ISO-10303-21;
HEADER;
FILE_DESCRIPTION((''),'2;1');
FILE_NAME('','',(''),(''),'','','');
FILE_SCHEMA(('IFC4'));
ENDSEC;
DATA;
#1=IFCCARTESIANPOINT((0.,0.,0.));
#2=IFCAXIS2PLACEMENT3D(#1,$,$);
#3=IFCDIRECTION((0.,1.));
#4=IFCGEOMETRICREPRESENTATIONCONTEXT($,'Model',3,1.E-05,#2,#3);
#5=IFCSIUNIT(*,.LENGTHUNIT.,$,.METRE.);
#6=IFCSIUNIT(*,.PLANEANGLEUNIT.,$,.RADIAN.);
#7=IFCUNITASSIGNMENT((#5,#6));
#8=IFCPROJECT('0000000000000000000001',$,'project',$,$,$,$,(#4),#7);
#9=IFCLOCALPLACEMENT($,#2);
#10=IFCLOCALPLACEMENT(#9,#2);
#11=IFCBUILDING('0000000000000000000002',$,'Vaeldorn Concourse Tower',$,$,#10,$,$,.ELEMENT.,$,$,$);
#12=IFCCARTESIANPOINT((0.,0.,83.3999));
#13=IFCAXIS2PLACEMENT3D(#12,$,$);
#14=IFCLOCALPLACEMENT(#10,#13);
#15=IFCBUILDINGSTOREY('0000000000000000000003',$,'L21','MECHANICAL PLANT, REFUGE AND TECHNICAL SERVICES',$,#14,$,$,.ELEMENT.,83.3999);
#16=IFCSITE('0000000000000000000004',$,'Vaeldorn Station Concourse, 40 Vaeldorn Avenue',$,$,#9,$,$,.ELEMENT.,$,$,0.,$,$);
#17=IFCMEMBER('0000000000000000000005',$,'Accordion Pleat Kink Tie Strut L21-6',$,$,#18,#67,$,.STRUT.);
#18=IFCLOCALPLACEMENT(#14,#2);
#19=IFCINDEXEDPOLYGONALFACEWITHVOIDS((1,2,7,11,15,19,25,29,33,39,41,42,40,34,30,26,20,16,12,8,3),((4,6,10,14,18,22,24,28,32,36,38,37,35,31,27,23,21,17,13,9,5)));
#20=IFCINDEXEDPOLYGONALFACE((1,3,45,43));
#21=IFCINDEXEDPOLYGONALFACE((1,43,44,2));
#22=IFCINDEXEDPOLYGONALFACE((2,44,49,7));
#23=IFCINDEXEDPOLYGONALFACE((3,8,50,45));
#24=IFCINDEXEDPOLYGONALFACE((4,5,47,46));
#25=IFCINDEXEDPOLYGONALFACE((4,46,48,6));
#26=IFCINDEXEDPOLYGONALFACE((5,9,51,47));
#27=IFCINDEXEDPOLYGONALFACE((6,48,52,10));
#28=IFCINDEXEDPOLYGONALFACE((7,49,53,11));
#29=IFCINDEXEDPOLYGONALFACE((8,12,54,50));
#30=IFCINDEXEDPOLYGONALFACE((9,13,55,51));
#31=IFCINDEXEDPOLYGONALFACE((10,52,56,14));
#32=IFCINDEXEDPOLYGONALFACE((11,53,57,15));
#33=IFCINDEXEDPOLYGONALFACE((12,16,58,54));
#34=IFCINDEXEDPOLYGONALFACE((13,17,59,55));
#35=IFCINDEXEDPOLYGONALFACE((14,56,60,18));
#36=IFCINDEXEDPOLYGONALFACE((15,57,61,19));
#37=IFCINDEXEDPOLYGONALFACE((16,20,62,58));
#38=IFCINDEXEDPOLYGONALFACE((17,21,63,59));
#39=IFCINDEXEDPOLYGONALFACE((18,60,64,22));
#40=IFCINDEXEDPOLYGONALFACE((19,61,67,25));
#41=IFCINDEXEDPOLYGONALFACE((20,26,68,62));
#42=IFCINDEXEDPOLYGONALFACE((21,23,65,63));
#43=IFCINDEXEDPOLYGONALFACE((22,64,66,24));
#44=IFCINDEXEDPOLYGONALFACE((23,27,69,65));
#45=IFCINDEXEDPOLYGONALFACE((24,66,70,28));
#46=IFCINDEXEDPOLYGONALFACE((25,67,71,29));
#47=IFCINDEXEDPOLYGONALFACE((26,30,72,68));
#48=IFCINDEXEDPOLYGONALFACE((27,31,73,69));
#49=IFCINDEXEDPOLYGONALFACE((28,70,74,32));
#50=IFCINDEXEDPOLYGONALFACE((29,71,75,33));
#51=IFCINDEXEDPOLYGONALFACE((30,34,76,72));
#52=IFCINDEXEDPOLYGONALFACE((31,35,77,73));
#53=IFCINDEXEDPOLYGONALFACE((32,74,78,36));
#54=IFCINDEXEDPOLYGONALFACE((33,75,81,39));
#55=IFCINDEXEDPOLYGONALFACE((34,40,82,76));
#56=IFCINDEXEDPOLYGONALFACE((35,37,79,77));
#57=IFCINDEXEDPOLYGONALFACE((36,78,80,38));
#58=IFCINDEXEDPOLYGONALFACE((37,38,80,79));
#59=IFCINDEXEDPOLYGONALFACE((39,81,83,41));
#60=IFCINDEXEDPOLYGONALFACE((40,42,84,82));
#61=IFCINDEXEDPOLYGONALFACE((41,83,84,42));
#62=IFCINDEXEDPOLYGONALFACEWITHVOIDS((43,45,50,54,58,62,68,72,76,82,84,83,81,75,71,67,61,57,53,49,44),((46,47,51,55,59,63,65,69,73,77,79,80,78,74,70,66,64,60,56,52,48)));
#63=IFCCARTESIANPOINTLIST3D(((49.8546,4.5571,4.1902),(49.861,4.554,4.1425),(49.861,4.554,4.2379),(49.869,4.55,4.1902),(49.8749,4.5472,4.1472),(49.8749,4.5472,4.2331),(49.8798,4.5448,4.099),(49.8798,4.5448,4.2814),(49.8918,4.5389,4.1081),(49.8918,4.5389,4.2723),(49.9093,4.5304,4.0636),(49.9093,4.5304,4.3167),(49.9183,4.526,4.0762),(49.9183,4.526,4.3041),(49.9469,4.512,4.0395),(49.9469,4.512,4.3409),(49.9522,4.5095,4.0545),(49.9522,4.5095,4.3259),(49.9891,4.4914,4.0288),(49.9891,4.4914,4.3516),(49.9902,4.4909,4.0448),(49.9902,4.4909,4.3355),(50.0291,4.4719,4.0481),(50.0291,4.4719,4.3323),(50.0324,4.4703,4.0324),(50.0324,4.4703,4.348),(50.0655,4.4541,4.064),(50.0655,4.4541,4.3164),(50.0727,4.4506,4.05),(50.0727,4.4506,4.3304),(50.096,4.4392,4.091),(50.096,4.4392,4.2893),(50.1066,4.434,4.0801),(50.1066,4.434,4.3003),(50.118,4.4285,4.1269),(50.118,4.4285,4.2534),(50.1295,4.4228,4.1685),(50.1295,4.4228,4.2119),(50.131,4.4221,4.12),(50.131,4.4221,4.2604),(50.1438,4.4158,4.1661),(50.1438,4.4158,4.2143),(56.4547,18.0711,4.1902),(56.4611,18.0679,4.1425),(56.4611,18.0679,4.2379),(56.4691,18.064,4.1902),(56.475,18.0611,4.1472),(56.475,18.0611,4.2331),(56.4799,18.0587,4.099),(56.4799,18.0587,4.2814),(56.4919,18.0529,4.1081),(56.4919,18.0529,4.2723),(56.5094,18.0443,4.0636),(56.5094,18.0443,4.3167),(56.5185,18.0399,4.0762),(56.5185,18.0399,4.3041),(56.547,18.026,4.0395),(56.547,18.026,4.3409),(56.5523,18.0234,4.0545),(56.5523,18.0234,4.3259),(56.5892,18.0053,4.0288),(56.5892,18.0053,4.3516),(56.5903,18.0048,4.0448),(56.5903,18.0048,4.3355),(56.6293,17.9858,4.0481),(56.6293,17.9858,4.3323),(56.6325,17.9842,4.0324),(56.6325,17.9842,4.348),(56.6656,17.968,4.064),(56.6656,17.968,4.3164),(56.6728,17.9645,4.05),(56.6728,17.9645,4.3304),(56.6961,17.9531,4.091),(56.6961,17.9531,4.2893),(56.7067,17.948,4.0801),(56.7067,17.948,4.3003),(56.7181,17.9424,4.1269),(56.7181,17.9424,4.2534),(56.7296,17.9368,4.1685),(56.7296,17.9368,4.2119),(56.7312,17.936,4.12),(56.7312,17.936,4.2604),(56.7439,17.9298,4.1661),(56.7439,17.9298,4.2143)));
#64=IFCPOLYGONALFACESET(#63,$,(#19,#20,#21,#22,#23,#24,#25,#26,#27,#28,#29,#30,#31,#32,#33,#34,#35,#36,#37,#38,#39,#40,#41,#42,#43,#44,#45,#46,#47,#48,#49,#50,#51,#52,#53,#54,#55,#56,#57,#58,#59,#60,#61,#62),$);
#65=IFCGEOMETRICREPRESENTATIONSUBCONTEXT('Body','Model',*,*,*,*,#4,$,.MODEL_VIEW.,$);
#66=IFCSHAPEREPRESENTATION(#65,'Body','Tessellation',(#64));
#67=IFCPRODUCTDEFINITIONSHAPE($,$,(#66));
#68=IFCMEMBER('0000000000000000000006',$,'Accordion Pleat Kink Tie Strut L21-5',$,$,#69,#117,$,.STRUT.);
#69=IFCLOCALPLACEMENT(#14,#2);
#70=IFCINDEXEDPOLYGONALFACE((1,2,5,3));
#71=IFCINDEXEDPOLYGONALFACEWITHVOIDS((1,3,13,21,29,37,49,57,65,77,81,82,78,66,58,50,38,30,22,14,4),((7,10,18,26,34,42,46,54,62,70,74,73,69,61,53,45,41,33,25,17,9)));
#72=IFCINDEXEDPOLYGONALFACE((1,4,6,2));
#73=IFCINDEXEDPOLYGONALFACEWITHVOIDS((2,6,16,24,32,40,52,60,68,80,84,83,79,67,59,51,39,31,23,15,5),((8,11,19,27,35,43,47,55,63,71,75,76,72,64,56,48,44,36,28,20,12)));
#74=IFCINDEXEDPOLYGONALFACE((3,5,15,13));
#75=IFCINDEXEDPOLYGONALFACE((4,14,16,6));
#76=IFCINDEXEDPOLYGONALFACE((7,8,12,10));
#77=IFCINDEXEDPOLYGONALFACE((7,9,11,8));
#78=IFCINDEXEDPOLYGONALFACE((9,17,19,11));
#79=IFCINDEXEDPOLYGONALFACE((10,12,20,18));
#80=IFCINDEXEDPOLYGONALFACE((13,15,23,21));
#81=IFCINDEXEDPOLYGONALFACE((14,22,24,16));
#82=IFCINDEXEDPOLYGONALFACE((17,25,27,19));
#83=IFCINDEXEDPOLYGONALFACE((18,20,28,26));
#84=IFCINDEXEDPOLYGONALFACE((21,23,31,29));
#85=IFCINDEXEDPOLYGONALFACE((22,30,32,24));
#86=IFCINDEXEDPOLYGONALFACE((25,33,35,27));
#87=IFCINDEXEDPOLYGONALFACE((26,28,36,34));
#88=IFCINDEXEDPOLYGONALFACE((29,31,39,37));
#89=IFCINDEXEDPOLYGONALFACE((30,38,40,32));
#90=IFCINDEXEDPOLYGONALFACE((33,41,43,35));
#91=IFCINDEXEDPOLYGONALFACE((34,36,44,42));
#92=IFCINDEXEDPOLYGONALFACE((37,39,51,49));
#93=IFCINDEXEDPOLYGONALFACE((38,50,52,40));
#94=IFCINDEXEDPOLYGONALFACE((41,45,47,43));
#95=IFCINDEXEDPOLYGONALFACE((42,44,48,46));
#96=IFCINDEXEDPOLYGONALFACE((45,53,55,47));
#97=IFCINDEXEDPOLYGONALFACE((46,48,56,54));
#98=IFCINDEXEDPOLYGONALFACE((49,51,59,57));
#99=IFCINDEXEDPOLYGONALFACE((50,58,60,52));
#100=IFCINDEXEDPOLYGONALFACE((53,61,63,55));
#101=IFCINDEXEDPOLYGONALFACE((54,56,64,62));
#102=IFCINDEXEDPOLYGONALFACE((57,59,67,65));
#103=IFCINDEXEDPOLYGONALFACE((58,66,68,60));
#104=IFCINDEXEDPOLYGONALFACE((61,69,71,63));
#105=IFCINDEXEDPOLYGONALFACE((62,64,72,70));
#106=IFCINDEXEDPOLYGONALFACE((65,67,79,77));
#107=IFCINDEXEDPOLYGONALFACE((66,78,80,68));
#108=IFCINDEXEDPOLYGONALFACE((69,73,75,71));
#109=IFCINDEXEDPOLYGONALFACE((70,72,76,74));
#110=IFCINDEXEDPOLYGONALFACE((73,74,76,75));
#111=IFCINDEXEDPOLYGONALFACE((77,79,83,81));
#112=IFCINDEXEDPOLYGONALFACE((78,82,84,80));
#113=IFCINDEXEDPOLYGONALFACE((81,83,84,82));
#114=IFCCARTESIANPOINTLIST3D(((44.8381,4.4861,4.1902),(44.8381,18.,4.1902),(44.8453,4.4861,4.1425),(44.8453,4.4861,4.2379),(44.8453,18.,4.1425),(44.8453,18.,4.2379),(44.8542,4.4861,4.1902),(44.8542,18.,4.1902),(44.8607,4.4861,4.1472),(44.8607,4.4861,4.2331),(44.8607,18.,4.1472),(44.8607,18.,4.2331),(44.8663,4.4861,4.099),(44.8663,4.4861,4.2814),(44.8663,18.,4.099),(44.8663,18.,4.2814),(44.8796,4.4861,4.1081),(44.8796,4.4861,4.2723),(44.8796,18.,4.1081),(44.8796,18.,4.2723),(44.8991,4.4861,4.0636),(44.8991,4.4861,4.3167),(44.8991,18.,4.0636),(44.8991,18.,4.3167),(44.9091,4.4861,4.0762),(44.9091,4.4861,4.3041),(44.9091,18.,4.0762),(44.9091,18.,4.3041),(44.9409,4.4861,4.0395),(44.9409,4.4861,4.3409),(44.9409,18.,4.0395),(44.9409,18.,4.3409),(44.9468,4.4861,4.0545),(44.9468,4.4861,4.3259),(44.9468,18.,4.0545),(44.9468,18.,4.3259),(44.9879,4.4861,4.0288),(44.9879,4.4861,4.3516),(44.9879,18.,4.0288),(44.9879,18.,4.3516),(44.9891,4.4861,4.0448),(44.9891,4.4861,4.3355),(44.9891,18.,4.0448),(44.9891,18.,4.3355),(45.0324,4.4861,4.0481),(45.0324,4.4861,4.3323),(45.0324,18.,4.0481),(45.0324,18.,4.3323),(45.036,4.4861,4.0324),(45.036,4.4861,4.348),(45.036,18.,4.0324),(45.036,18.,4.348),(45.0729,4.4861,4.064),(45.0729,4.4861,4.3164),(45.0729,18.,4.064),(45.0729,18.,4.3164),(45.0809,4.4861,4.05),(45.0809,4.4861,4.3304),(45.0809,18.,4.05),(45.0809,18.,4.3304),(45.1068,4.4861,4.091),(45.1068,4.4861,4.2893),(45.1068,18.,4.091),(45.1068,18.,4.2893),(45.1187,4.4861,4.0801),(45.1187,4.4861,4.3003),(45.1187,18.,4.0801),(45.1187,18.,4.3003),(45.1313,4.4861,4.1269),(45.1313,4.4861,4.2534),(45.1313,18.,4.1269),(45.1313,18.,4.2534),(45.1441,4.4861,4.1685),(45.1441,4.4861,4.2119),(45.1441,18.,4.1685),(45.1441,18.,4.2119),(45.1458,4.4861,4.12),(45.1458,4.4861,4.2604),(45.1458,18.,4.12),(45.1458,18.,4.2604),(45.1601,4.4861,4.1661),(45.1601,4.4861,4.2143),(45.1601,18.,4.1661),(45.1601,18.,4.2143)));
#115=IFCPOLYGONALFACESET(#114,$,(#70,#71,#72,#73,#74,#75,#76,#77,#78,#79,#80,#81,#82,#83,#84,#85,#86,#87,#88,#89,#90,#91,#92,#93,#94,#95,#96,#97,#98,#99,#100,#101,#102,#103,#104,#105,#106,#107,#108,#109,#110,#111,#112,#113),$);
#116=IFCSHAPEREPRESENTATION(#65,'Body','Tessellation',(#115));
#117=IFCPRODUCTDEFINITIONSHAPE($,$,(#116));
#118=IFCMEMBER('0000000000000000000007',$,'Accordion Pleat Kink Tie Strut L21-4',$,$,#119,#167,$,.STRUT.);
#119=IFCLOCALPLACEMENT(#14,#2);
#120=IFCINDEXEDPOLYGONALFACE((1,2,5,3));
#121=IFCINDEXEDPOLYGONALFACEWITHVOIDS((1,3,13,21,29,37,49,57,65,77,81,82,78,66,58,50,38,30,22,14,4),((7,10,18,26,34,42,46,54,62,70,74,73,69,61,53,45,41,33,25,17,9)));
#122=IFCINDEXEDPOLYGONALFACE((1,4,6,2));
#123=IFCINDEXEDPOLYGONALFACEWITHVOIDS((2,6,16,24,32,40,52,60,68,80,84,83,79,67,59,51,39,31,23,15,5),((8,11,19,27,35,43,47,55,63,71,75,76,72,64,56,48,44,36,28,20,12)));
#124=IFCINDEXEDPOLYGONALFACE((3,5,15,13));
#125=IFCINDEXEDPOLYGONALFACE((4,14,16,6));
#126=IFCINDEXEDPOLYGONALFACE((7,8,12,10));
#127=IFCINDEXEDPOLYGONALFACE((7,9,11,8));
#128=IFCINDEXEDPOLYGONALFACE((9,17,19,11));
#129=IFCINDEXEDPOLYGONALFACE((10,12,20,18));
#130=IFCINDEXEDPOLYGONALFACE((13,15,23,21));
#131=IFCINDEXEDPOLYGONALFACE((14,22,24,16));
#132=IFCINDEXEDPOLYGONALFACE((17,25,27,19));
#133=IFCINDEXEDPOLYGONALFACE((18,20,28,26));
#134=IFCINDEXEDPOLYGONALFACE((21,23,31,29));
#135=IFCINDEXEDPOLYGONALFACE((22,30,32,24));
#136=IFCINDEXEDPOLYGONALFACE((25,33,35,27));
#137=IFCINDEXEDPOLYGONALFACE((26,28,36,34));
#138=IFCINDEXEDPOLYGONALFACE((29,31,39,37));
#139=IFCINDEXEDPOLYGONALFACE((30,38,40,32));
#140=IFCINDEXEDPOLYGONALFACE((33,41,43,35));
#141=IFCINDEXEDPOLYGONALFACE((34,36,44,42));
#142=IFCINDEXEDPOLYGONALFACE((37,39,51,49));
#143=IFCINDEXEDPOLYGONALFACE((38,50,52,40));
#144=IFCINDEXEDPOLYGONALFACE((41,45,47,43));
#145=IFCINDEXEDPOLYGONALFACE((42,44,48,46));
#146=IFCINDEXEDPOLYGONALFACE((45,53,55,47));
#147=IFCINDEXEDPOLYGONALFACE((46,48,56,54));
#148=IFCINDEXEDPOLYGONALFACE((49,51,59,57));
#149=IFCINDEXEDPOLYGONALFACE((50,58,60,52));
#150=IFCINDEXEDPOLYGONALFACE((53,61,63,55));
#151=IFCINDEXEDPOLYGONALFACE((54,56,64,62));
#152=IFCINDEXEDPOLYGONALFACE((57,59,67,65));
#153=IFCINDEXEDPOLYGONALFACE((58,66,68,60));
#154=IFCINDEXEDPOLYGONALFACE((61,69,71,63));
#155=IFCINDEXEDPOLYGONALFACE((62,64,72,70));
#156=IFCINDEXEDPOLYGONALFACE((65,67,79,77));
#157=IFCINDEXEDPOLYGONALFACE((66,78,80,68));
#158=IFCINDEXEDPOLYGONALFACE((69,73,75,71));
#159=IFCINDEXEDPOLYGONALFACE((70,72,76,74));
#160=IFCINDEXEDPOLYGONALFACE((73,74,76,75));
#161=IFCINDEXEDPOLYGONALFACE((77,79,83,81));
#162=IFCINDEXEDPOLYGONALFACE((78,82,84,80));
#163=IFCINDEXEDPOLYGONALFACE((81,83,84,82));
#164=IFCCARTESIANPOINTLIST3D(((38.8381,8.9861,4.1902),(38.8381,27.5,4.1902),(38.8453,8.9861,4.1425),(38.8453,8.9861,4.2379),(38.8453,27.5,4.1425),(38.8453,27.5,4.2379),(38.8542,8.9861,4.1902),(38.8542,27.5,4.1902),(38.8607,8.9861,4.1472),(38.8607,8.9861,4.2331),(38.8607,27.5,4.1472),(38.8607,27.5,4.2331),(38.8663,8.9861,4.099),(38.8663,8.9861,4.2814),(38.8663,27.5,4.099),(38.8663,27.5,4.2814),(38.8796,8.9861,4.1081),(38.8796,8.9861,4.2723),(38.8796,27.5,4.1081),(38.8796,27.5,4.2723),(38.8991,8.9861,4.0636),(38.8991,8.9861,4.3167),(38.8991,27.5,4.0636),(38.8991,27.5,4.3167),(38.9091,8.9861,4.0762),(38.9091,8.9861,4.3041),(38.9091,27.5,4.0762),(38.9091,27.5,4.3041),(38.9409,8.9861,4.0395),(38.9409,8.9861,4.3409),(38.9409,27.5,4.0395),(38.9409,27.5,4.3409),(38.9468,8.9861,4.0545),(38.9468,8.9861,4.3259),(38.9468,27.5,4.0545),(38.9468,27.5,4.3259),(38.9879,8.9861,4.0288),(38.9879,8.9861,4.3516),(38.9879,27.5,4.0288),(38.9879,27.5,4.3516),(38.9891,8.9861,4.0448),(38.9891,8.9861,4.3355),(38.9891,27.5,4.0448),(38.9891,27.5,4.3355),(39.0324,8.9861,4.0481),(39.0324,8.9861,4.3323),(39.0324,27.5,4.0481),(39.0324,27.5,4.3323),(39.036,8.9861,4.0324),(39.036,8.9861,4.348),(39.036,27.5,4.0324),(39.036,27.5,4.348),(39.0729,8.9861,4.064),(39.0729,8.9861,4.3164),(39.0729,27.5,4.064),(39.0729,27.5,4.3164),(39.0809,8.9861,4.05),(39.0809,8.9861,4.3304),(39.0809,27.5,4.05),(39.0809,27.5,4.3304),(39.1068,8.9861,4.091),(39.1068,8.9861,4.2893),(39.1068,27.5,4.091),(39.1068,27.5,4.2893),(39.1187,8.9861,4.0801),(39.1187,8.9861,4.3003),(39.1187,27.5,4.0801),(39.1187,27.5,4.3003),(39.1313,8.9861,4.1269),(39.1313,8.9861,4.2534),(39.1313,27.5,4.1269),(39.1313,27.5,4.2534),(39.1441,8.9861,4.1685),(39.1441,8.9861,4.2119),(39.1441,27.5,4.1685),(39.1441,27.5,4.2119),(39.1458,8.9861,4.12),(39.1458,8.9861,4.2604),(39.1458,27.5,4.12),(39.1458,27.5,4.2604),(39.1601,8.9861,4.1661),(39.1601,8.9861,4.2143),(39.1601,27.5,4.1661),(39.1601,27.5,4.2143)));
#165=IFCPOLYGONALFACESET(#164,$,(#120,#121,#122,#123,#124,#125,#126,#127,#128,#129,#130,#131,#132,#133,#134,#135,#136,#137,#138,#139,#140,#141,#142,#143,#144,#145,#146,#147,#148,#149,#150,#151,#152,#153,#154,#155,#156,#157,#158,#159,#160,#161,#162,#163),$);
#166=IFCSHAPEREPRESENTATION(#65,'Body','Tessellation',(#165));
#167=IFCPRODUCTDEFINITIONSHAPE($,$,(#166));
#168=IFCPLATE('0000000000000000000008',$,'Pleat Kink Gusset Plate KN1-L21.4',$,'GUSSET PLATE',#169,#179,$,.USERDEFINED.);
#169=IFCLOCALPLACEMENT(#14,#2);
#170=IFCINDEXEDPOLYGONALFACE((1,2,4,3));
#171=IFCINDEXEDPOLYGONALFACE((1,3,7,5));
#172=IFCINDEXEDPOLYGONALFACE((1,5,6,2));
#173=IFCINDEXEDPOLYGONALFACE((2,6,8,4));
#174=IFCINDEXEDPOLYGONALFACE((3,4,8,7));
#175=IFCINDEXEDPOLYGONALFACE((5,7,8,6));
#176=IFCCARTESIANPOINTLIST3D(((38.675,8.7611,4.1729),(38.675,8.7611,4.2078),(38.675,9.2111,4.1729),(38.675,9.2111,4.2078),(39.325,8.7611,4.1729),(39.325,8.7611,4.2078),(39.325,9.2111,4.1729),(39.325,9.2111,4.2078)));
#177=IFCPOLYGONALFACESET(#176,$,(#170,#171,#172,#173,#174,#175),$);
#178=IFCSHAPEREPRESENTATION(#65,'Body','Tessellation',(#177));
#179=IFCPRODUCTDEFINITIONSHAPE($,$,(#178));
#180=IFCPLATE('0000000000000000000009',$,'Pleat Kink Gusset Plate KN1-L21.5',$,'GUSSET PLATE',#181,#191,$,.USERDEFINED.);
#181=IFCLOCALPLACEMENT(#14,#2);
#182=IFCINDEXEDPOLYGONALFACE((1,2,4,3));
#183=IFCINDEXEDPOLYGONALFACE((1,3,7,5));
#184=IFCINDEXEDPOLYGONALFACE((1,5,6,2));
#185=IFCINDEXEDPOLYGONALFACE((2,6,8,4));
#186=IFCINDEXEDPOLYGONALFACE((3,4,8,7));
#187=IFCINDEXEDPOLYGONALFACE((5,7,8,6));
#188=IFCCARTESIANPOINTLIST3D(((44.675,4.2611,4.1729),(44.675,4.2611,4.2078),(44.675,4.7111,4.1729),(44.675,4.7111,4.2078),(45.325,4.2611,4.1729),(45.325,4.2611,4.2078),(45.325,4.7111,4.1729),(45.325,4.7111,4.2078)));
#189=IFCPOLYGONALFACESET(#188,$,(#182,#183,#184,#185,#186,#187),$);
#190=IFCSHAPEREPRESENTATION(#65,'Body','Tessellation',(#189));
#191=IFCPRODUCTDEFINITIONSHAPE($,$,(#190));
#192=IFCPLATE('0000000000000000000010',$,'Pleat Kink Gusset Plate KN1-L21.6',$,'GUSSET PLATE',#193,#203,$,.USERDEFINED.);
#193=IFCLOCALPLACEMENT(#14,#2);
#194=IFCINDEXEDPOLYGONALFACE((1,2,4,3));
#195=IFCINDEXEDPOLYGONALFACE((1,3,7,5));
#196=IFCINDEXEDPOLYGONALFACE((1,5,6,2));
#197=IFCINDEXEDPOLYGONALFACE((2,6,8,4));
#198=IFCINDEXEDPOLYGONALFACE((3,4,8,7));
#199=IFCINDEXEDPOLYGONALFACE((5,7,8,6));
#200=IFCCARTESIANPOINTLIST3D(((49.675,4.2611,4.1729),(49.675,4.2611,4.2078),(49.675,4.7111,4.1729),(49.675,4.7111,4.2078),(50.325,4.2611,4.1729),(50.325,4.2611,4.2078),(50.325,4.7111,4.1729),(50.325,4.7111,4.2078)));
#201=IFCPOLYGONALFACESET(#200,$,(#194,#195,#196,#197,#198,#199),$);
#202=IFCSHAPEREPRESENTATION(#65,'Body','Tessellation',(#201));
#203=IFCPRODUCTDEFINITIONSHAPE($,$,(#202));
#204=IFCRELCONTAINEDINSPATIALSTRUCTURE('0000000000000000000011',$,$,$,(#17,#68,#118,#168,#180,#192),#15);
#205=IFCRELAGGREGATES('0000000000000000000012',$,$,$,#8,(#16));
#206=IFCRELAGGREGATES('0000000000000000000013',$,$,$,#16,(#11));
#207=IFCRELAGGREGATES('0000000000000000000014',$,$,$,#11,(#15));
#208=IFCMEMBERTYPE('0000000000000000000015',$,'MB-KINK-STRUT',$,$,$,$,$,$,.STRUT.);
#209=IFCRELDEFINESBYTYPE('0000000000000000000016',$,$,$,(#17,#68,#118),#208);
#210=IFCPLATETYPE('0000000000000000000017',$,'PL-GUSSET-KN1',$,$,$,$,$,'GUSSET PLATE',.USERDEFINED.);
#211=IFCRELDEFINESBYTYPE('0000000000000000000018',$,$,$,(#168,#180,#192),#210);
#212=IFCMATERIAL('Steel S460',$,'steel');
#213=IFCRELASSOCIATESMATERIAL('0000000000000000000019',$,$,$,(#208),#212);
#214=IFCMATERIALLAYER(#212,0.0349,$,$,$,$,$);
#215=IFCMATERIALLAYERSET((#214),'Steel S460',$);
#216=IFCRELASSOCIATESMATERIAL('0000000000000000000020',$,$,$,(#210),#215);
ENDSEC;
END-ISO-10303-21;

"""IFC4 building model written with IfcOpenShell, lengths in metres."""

from ifc_helpers import new_model, si_unit, direction, frame, origin, origin_2d, place, context, subcontext, project, spatial, rectangle, hollow_circle, extrude, source, transform, mapped, material, layer, layer_set, material_profile, profile_set, type_object, element, save


model = new_model("IFC4")

# Units and contexts
model_context = context("Model", 3, precision=1e-05, world=origin(), true_north=direction((0.0, 1.0)))
body_context = subcontext(model_context, "Body", "Model", "MODEL_VIEW")
ifc_project = project(units=[si_unit("LENGTHUNIT", "METRE"), si_unit("PLANEANGLEUNIT", "RADIAN")], contexts=[model_context])

# Site, building, storey
site_placement = place(None, origin())
site = spatial("IfcSite", under=ifc_project, at=site_placement, Name="Vaeldorn Station Concourse, 40 Vaeldorn Avenue", CompositionType="ELEMENT", RefElevation=0.0)
building_placement = place(site_placement, origin())
building = spatial("IfcBuilding", under=site, at=building_placement, Name="Vaeldorn Concourse Tower", CompositionType="ELEMENT")
storey_placement = place(building_placement, frame((0.0, 0.0, 83.3999)))
storey = spatial("IfcBuildingStorey", under=building, at=storey_placement, Name="L21", Description="MECHANICAL PLANT, REFUGE AND TECHNICAL SERVICES", CompositionType="ELEMENT", Elevation=83.3999)

# Shared definitions
ifc_material_1 = material(Name="Steel S460", Category="steel")

# Members
ifc_material_profile_1 = material_profile(ifc_material_1, hollow_circle(Radius=0.1619, WallThickness=0.0161, at=origin_2d()), Name="CHS 323.9x16")
ifc_profile_set_1 = profile_set([ifc_material_profile_1], Name="Steel S460")
member_type = type_object("IfcMemberType", Name="MB-KINK-STRUT", PredefinedType="STRUT", material=ifc_profile_set_1)
shared_shape_1 = source(origin(), body_context, "Body", "SweptSolid", [
    extrude(hollow_circle(Radius=0.1619, WallThickness=0.0161, at=origin_2d()), origin(), (0.0, 0.0, 1.0), 15.0396),
])
member_1_placement = place(storey_placement, frame((50.0, 4.4861, 4.1902), z_axis=(0.43885, 0.89856, 0.0), x_axis=(-0.89856, 0.43885, 0.0)))
element("IfcMember", 1, at=member_1_placement, inside=storey, type_object=member_type, Name="Accordion Pleat Kink Tie Strut L21-6", PredefinedType="STRUT", context=body_context, shape_type="MappedRepresentation", body=[
    mapped(shared_shape_1, transform((0.0, 0.0, 0.0), scale=1.0)),
])
shared_shape_2 = source(origin(), body_context, "Body", "SweptSolid", [
    extrude(hollow_circle(Radius=0.1619, WallThickness=0.0161, at=origin_2d()), origin(), (0.0, 0.0, 1.0), 13.5139),
])
member_2_placement = place(storey_placement, frame((45.0, 4.4861, 4.1902), z_axis=(0.0, 1.0, 0.0), x_axis=(-1.0, 0.0, 0.0)))
element("IfcMember", 2, at=member_2_placement, inside=storey, type_object=member_type, Name="Accordion Pleat Kink Tie Strut L21-5", PredefinedType="STRUT", context=body_context, shape_type="MappedRepresentation", body=[
    mapped(shared_shape_2, transform((0.0, 0.0, 0.0), scale=1.0)),
])
shared_shape_3 = source(origin(), body_context, "Body", "SweptSolid", [
    extrude(hollow_circle(Radius=0.1619, WallThickness=0.0161, at=origin_2d()), origin(), (0.0, 0.0, 1.0), 18.5139),
])
member_3_placement = place(storey_placement, frame((39.0, 8.9861, 4.1902), z_axis=(0.0, 1.0, 0.0), x_axis=(-1.0, 0.0, 0.0)))
element("IfcMember", 3, at=member_3_placement, inside=storey, type_object=member_type, Name="Accordion Pleat Kink Tie Strut L21-4", PredefinedType="STRUT", context=body_context, shape_type="MappedRepresentation", body=[
    mapped(shared_shape_3, transform((0.0, 0.0, 0.0), scale=1.0)),
])

# Plates
ifc_layer_1 = layer(ifc_material_1, 0.0349)
ifc_layer_set_1 = layer_set([ifc_layer_1], Name="Steel S460")
plate_type = type_object("IfcPlateType", Name="PL-GUSSET-KN1", ElementType="GUSSET PLATE", PredefinedType="USERDEFINED", material=ifc_layer_set_1)
shared_shape_4 = source(origin(), body_context, "Body", "SweptSolid", [
    extrude(rectangle(XDim=0.6499, YDim=0.45, at=origin_2d()), origin(), (0.0, 0.0, 1.0), 0.0349),
])
for number, where, z_axis, x_axis, name in (
    (4, (39.0, 8.9861, 4.1729), (0.0, 0.0, 1.0), (1.0, 0.0, 0.0), "Pleat Kink Gusset Plate KN1-L21.4"),
    (5, (45.0, 4.4861, 4.1729), (0.0, 0.0, 1.0), (1.0, 0.0, 0.0), "Pleat Kink Gusset Plate KN1-L21.5"),
    (6, (50.0, 4.4861, 4.1729), (0.0, 0.0, 1.0), (1.0, 0.0, 0.0), "Pleat Kink Gusset Plate KN1-L21.6"),
):
    element("IfcPlate", number, at=place(storey_placement, frame(where, z_axis=z_axis, x_axis=x_axis)), inside=storey, type_object=plate_type, Name=name, ObjectType="GUSSET PLATE", PredefinedType="USERDEFINED", context=body_context, shape_type="MappedRepresentation", body=[
        mapped(shared_shape_4, transform((0.0, 0.0, 0.0), scale=1.0)),
    ])

save(model, "model.ifc")
